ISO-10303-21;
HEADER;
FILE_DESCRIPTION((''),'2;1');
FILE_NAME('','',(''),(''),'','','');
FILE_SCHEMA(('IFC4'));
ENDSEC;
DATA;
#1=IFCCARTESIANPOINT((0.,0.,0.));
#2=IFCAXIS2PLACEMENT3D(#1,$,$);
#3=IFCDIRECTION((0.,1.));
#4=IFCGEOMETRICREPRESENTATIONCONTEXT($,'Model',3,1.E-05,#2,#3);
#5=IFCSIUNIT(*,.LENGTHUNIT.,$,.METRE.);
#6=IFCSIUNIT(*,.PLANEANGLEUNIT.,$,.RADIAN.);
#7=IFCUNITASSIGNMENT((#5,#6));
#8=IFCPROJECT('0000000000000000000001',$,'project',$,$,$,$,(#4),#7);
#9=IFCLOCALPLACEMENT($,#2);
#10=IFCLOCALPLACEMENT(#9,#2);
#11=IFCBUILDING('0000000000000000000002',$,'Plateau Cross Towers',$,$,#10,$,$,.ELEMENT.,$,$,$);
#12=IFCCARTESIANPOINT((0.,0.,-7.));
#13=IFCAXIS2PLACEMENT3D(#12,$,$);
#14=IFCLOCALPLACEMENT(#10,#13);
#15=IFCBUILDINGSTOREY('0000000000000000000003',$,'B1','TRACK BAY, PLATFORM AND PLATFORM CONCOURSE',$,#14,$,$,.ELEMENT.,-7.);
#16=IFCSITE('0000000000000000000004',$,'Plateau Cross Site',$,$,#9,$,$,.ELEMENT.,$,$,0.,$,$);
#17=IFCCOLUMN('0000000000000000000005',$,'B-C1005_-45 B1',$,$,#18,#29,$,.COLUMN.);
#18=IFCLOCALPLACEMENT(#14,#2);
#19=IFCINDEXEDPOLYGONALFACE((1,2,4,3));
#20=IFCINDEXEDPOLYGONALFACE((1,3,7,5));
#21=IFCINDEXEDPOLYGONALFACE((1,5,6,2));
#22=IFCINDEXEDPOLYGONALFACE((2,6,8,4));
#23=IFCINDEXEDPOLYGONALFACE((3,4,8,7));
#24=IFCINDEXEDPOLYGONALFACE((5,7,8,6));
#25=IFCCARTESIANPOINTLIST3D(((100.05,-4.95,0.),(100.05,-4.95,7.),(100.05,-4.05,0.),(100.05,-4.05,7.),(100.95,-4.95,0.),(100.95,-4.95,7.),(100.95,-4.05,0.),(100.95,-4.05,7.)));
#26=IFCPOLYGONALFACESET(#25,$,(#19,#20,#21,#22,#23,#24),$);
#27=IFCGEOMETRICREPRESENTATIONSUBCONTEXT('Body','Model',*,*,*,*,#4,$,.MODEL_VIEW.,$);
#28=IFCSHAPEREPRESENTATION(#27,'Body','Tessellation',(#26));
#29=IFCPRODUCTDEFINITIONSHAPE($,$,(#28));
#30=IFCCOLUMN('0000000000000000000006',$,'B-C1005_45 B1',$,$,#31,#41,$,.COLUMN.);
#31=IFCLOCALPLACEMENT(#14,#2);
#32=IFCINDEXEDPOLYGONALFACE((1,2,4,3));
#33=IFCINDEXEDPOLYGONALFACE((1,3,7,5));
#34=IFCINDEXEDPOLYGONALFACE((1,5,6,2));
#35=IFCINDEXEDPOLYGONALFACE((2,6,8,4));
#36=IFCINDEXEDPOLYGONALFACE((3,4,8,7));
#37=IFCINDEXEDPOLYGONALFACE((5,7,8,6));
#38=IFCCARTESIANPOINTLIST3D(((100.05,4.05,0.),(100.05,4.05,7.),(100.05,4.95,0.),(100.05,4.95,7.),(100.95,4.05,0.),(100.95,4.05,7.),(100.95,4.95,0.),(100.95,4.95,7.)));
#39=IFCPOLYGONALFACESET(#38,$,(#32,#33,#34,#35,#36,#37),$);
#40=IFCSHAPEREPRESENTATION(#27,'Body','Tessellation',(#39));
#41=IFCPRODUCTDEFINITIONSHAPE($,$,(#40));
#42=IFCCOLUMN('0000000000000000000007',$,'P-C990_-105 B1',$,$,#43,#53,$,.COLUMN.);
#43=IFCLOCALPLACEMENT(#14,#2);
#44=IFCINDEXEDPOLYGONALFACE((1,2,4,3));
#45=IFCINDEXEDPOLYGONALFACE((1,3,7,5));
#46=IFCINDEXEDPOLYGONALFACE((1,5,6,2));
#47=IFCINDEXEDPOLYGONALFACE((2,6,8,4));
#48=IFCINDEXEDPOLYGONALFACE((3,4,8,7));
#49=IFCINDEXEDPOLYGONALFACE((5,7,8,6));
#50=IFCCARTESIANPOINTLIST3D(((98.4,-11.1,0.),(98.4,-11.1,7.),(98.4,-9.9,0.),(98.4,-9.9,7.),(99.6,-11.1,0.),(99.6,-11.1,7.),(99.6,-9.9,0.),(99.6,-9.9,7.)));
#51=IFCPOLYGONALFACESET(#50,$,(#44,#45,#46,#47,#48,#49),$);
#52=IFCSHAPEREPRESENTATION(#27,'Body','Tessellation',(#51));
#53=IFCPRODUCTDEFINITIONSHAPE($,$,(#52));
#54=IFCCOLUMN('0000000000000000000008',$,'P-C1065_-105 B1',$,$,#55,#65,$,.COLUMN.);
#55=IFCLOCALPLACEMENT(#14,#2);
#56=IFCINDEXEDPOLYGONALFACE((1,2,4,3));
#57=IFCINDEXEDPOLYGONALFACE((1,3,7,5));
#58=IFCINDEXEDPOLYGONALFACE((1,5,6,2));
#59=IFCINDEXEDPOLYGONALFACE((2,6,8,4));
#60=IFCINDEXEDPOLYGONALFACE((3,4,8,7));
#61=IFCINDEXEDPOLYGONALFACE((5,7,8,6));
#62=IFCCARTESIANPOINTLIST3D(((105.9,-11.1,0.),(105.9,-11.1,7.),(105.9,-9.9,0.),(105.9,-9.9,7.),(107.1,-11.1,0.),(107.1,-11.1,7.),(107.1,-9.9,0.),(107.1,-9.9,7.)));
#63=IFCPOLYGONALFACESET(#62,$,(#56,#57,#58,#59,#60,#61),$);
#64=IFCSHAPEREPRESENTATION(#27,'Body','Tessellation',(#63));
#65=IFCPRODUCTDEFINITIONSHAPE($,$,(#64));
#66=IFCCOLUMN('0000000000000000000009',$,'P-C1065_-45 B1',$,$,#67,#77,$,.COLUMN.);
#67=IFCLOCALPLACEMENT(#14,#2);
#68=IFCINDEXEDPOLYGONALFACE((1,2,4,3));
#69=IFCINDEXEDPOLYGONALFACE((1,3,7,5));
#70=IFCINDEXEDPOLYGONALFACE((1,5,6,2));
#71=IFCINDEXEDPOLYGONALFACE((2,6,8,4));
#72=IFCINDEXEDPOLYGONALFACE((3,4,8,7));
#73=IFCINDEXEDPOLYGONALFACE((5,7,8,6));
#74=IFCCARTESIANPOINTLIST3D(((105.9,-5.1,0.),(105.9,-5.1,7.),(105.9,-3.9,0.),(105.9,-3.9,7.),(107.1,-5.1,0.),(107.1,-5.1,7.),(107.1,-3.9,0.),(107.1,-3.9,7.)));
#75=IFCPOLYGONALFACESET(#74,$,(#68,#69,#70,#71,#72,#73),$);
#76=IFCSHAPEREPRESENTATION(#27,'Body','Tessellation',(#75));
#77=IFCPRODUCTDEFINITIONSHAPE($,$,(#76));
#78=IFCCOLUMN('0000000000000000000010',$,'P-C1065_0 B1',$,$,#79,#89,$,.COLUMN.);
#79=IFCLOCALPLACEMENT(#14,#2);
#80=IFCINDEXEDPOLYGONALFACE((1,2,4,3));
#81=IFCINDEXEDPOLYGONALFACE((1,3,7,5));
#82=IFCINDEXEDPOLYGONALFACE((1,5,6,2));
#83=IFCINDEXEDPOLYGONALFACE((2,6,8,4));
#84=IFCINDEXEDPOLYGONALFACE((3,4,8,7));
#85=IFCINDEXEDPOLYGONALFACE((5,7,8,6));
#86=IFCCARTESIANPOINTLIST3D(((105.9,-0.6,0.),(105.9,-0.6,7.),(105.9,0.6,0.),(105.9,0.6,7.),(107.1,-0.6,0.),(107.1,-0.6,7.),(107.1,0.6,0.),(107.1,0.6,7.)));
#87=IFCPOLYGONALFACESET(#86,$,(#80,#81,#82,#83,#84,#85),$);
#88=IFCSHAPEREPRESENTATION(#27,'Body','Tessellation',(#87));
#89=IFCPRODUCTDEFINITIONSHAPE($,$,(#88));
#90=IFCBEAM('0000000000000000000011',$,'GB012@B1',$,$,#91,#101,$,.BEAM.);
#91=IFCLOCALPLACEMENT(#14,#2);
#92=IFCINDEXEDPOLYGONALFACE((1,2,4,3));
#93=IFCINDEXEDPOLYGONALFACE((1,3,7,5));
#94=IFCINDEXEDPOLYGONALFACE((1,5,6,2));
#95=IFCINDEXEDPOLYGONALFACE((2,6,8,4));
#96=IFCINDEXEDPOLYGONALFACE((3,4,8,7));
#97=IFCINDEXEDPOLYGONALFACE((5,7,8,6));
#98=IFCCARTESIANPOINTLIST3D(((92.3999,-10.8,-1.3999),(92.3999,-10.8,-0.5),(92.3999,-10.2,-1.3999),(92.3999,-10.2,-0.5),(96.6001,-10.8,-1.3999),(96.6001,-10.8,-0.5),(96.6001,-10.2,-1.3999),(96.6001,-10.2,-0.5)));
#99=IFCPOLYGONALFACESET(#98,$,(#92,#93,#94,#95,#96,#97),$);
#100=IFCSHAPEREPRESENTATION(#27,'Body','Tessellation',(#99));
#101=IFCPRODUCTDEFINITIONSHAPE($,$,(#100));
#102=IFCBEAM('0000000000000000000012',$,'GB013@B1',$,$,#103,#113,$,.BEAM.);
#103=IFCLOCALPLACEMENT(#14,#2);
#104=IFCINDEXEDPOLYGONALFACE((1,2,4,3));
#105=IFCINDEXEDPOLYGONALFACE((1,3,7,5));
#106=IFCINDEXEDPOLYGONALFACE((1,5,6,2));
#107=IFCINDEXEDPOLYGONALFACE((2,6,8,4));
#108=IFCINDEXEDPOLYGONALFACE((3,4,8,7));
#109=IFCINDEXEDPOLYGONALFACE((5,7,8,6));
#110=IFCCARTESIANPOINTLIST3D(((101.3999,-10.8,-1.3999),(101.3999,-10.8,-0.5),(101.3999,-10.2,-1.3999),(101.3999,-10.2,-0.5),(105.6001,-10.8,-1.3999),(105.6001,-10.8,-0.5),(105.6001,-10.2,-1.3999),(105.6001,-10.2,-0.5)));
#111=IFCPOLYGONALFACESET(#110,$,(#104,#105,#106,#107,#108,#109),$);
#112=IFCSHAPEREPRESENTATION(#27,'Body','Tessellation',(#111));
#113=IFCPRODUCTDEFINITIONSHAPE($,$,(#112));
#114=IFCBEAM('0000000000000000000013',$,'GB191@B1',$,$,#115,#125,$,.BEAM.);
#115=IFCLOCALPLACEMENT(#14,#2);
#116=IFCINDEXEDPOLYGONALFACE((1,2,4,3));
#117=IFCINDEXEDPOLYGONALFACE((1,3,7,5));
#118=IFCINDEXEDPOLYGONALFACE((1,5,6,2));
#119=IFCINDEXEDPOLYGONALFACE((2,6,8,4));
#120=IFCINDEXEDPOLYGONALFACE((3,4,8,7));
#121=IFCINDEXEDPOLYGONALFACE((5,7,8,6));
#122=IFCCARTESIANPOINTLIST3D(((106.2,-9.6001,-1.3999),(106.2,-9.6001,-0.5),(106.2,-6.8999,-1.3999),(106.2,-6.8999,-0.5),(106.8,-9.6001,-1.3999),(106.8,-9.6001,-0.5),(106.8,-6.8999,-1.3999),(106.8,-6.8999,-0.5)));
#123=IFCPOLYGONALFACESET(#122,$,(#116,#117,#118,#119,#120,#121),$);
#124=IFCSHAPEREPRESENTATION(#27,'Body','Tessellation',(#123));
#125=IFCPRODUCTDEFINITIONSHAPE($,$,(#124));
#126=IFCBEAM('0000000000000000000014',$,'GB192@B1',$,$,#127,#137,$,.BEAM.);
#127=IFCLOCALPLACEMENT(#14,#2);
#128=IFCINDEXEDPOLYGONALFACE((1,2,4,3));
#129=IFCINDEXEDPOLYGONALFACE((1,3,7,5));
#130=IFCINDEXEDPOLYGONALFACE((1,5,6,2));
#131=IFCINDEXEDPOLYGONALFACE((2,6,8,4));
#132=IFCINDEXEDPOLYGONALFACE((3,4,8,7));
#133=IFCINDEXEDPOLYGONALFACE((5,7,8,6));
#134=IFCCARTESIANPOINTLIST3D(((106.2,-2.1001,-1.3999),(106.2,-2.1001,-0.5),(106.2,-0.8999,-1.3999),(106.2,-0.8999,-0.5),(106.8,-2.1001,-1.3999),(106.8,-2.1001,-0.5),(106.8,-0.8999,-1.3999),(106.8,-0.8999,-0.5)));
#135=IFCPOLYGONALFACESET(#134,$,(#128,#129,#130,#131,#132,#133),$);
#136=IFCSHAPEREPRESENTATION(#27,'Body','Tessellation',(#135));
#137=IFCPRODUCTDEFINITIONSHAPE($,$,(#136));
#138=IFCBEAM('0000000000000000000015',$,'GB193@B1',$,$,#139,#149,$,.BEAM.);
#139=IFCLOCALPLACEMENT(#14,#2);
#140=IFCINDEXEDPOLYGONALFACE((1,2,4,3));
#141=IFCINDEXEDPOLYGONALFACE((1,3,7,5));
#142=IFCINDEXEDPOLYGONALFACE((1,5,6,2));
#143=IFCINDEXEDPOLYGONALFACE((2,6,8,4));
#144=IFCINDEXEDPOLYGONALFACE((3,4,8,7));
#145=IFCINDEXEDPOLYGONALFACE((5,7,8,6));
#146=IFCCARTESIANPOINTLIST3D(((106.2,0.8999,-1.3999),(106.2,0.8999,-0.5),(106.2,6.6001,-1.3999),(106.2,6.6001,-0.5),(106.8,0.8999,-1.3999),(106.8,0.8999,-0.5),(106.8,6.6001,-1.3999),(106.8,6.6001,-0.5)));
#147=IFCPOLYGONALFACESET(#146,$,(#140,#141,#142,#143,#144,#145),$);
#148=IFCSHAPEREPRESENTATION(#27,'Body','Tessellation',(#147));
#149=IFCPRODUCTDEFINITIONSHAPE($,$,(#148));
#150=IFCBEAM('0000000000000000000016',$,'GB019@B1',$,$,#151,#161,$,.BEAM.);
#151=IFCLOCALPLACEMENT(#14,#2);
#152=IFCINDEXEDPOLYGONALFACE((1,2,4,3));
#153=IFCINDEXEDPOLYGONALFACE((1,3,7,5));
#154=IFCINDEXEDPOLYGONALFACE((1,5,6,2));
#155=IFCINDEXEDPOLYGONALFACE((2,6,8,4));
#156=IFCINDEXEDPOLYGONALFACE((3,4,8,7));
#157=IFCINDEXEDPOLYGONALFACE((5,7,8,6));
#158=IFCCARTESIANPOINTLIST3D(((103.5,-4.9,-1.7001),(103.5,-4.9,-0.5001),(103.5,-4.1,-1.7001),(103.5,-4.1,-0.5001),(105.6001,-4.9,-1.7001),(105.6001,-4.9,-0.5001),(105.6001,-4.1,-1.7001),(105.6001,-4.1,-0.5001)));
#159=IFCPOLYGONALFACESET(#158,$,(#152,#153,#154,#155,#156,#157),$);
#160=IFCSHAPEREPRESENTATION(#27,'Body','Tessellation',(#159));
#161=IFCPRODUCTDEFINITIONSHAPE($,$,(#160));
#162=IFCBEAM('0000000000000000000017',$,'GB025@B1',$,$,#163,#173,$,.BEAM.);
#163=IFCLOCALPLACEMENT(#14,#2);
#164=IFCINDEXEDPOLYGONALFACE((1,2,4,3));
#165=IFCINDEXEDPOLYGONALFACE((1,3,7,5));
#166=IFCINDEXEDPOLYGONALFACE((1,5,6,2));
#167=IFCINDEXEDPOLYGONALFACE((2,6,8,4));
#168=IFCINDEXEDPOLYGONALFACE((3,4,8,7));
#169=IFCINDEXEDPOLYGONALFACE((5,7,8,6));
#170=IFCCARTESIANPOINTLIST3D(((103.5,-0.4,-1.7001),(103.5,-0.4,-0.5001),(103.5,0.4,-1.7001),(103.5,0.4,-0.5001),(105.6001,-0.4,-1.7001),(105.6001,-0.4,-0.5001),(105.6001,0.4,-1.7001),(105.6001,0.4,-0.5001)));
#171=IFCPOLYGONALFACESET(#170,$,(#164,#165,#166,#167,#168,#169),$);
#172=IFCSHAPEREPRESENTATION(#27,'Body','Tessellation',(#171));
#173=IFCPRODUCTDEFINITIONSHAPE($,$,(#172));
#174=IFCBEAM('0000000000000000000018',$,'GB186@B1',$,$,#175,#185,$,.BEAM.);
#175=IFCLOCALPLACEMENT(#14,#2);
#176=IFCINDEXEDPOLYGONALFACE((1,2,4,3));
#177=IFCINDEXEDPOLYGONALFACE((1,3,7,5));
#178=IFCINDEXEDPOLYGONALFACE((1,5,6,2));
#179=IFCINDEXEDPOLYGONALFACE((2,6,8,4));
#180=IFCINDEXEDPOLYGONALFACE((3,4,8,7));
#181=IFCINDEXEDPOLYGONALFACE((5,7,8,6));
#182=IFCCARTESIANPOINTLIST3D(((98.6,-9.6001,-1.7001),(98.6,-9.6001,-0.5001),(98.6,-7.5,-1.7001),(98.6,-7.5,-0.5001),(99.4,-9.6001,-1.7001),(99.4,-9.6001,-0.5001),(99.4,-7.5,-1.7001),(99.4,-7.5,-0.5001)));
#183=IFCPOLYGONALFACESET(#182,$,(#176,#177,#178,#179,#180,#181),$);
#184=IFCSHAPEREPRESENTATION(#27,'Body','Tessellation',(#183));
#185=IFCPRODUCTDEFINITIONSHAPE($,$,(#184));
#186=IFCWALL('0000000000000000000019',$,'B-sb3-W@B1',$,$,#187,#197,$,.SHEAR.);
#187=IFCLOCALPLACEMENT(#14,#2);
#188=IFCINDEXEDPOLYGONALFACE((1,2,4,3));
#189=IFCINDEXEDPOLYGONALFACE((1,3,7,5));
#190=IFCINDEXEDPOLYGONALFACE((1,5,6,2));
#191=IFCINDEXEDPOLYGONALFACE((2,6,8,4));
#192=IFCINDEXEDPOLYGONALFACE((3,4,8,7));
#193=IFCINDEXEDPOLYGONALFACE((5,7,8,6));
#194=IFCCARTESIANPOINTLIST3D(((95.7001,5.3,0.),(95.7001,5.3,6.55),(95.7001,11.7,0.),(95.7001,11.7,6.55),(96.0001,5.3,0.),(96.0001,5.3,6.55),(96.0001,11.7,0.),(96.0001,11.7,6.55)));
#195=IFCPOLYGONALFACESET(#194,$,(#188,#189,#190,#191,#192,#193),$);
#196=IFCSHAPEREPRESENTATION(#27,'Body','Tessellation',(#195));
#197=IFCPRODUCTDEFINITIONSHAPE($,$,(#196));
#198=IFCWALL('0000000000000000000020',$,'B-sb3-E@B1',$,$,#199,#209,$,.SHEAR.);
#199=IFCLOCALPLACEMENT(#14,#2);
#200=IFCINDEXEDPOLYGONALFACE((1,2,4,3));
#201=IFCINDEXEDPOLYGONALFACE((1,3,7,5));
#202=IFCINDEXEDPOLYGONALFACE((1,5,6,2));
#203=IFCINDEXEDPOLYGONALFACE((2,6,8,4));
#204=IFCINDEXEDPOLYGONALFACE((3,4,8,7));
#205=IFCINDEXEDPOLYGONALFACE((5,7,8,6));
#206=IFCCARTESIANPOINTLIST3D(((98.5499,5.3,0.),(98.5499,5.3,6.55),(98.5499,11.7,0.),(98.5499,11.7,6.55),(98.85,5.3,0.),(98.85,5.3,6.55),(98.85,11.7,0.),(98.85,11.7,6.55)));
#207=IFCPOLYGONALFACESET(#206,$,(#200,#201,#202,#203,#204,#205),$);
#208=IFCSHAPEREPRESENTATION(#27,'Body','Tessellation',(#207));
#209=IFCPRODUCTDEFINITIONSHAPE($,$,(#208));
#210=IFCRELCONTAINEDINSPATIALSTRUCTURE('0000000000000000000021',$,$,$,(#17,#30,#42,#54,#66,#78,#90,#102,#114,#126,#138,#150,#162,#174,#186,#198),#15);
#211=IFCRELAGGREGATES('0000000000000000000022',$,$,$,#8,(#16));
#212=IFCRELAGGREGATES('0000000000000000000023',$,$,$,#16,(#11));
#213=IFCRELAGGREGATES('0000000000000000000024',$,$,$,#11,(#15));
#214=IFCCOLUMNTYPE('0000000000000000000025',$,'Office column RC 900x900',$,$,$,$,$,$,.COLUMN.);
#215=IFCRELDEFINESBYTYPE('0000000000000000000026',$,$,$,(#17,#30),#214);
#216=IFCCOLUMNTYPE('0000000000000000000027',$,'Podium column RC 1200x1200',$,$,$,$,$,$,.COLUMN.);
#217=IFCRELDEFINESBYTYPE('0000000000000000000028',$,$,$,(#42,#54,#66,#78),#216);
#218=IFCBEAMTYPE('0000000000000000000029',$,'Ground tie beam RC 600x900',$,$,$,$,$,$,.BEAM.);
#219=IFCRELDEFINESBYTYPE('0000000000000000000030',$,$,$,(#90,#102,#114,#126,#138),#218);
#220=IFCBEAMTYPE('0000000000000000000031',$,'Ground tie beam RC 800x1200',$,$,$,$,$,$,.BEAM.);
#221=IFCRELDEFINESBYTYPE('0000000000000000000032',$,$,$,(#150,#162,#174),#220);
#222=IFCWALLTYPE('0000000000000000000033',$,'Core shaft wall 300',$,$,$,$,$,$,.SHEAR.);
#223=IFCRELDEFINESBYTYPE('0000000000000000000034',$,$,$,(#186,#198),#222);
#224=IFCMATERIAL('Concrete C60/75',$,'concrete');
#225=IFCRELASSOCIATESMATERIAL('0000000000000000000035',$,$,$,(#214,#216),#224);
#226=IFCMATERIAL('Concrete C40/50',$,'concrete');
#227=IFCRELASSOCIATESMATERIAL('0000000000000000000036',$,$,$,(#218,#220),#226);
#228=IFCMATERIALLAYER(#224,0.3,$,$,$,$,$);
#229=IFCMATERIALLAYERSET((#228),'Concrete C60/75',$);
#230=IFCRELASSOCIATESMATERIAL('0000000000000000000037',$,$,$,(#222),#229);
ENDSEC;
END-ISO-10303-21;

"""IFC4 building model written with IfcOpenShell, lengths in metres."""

from ifc_helpers import new_model, si_unit, direction, frame, frame_2d, origin, origin_2d, place, context, subcontext, project, spatial, rectangle, extrude, material, layer, layer_set, material_profile, profile_set, type_object, element, save


model = new_model("IFC4")

# Units and contexts
model_context = context("Model", 3, precision=1e-05, world=origin(), true_north=direction((0.0, 1.0)))
body_context = subcontext(model_context, "Body", "Model", "MODEL_VIEW")
ifc_project = project(units=[si_unit("LENGTHUNIT", "METRE"), si_unit("PLANEANGLEUNIT", "RADIAN")], contexts=[model_context])

# Site, building, storey
site_placement = place(None, origin())
site = spatial("IfcSite", under=ifc_project, at=site_placement, Name="Plateau Cross Site", CompositionType="ELEMENT", RefElevation=0.0)
building_placement = place(site_placement, origin())
building = spatial("IfcBuilding", under=site, at=building_placement, Name="Plateau Cross Towers", CompositionType="ELEMENT")
storey_placement = place(building_placement, frame((0.0, 0.0, -7.0)))
storey = spatial("IfcBuildingStorey", under=building, at=storey_placement, Name="B1", Description="TRACK BAY, PLATFORM AND PLATFORM CONCOURSE", CompositionType="ELEMENT", Elevation=-7.0)

# Shared definitions
ifc_material_1 = material(Name="Concrete C40/50", Category="concrete")

# Columns
ifc_material_2 = material(Name="Concrete C60/75", Category="concrete")
ifc_material_profile_1 = material_profile(ifc_material_2, rectangle(XDim=0.8999, YDim=0.8999, at=origin_2d()), Name="RC 900x900")
ifc_profile_set_1 = profile_set([ifc_material_profile_1], Name="Concrete C60/75")
column_type_1 = type_object("IfcColumnType", Name="Office column RC 900x900", PredefinedType="COLUMN", material=ifc_profile_set_1)
for number, where, z_axis, x_axis, name in (
    (1, (100.5, -4.5, 0.0), (0.0, 0.0, 1.0), (1.0, 0.0, 0.0), "B-C1005_-45 B1"),
    (2, (100.5, 4.5, 0.0), (0.0, 0.0, 1.0), (1.0, 0.0, 0.0), "B-C1005_45 B1"),
):
    element("IfcColumn", number, at=place(storey_placement, frame(where, z_axis=z_axis, x_axis=x_axis)), inside=storey, type_object=column_type_1, Name=name, PredefinedType="COLUMN", context=body_context, shape_type="SweptSolid", body=[
        extrude(rectangle(XDim=0.8999, YDim=0.8999, at=origin_2d()), origin(), (0.0, 0.0, 1.0), 7.0),
    ])
ifc_material_profile_2 = material_profile(ifc_material_2, rectangle(XDim=1.2, YDim=1.2, at=origin_2d()), Name="RC 1200x1200")
ifc_profile_set_2 = profile_set([ifc_material_profile_2], Name="Concrete C60/75")
column_type_2 = type_object("IfcColumnType", Name="Podium column RC 1200x1200", PredefinedType="COLUMN", material=ifc_profile_set_2)
for number, where, z_axis, x_axis, name in (
    (3, (99.0, -10.5, 0.0), (0.0, 0.0, 1.0), (1.0, 0.0, 0.0), "P-C990_-105 B1"),
    (4, (106.5, -10.5, 0.0), (0.0, 0.0, 1.0), (1.0, 0.0, 0.0), "P-C1065_-105 B1"),
    (5, (106.5, -4.5, 0.0), (0.0, 0.0, 1.0), (1.0, 0.0, 0.0), "P-C1065_-45 B1"),
    (6, (106.5, 0.0, 0.0), (0.0, 0.0, 1.0), (1.0, 0.0, 0.0), "P-C1065_0 B1"),
):
    element("IfcColumn", number, at=place(storey_placement, frame(where, z_axis=z_axis, x_axis=x_axis)), inside=storey, type_object=column_type_2, Name=name, PredefinedType="COLUMN", context=body_context, shape_type="SweptSolid", body=[
        extrude(rectangle(XDim=1.2, YDim=1.2, at=origin_2d()), origin(), (0.0, 0.0, 1.0), 7.0),
    ])

# Beams
ifc_material_profile_3 = material_profile(ifc_material_1, rectangle(XDim=0.6001, YDim=0.8999, at=origin_2d()), Name="RC 600x900")
ifc_profile_set_3 = profile_set([ifc_material_profile_3], Name="Concrete C40/50")
beam_type_1 = type_object("IfcBeamType", Name="Ground tie beam RC 600x900", PredefinedType="BEAM", material=ifc_profile_set_3)
for number, where, z_axis, x_axis, name in (
    (7, (92.3999, -10.5, -0.95), (1.0, 0.0, 0.0), (0.0, 1.0, 0.0), "GB012@B1"),
    (8, (101.3999, -10.5, -0.95), (1.0, 0.0, 0.0), (0.0, 1.0, 0.0), "GB013@B1"),
):
    element("IfcBeam", number, at=place(storey_placement, frame(where, z_axis=z_axis, x_axis=x_axis)), inside=storey, type_object=beam_type_1, Name=name, PredefinedType="BEAM", context=body_context, shape_type="SweptSolid", body=[
        extrude(rectangle(XDim=0.6001, YDim=0.8999, at=origin_2d()), origin(), (0.0, 0.0, 1.0), 4.2002),
    ])
beam_1_placement = place(storey_placement, frame((106.5, -9.6001, -0.95), z_axis=(0.0, 1.0, 0.0), x_axis=(-1.0, 0.0, 0.0)))
element("IfcBeam", 9, at=beam_1_placement, inside=storey, type_object=beam_type_1, Name="GB191@B1", PredefinedType="BEAM", context=body_context, shape_type="SweptSolid", body=[
    extrude(rectangle(XDim=0.6001, YDim=0.8999, at=origin_2d()), origin(), (0.0, 0.0, 1.0), 2.7002),
])
beam_2_placement = place(storey_placement, frame((106.5, -2.1001, -0.95), z_axis=(0.0, 1.0, 0.0), x_axis=(-1.0, 0.0, 0.0)))
element("IfcBeam", 10, at=beam_2_placement, inside=storey, type_object=beam_type_1, Name="GB192@B1", PredefinedType="BEAM", context=body_context, shape_type="SweptSolid", body=[
    extrude(rectangle(XDim=0.6001, YDim=0.8999, at=origin_2d()), origin(), (0.0, 0.0, 1.0), 1.2002),
])
beam_3_placement = place(storey_placement, frame((106.5, 0.8999, -0.95), z_axis=(0.0, 1.0, 0.0), x_axis=(-1.0, 0.0, 0.0)))
element("IfcBeam", 11, at=beam_3_placement, inside=storey, type_object=beam_type_1, Name="GB193@B1", PredefinedType="BEAM", context=body_context, shape_type="SweptSolid", body=[
    extrude(rectangle(XDim=0.6001, YDim=0.8999, at=origin_2d()), origin(), (0.0, 0.0, 1.0), 5.7002),
])
ifc_material_profile_4 = material_profile(ifc_material_1, rectangle(XDim=0.8, YDim=1.2, at=origin_2d()), Name="RC 800x1200")
ifc_profile_set_4 = profile_set([ifc_material_profile_4], Name="Concrete C40/50")
beam_type_2 = type_object("IfcBeamType", Name="Ground tie beam RC 800x1200", PredefinedType="BEAM", material=ifc_profile_set_4)
for number, where, z_axis, x_axis, name in (
    (12, (103.5, -4.5, -1.1001), (1.0, 0.0, 0.0), (0.0, 1.0, 0.0), "GB019@B1"),
    (13, (103.5, 0.0, -1.1001), (1.0, 0.0, 0.0), (0.0, 1.0, 0.0), "GB025@B1"),
    (14, (99.0, -9.6001, -1.1001), (0.0, 1.0, 0.0), (-1.0, 0.0, 0.0), "GB186@B1"),
):
    element("IfcBeam", number, at=place(storey_placement, frame(where, z_axis=z_axis, x_axis=x_axis)), inside=storey, type_object=beam_type_2, Name=name, PredefinedType="BEAM", context=body_context, shape_type="SweptSolid", body=[
        extrude(rectangle(XDim=0.8, YDim=1.2, at=origin_2d()), origin(), (0.0, 0.0, 1.0), 2.1001),
    ])

# Walls
ifc_layer_1 = layer(ifc_material_2, 0.3)
ifc_layer_set_1 = layer_set([ifc_layer_1], Name="Concrete C60/75")
wall_type_1 = type_object("IfcWallType", Name="Core shaft wall 300", PredefinedType="SHEAR", material=ifc_layer_set_1)
for number, where, z_axis, x_axis, name in (
    (15, (95.8501, 5.3, 0.0), (0.0, 0.0, 1.0), (0.0, 1.0, 0.0), "B-sb3-W@B1"),
    (16, (98.7, 5.3, 0.0), (0.0, 0.0, 1.0), (0.0, 1.0, 0.0), "B-sb3-E@B1"),
):
    element("IfcWall", number, at=place(storey_placement, frame(where, z_axis=z_axis, x_axis=x_axis)), inside=storey, type_object=wall_type_1, Name=name, PredefinedType="SHEAR", context=body_context, shape_type="SweptSolid", body=[
        extrude(rectangle(XDim=6.3999, YDim=0.3, at=frame_2d((3.2, 0.0))), origin(), (0.0, 0.0, 1.0), 6.55),
    ])

save(model, "model.ifc")
